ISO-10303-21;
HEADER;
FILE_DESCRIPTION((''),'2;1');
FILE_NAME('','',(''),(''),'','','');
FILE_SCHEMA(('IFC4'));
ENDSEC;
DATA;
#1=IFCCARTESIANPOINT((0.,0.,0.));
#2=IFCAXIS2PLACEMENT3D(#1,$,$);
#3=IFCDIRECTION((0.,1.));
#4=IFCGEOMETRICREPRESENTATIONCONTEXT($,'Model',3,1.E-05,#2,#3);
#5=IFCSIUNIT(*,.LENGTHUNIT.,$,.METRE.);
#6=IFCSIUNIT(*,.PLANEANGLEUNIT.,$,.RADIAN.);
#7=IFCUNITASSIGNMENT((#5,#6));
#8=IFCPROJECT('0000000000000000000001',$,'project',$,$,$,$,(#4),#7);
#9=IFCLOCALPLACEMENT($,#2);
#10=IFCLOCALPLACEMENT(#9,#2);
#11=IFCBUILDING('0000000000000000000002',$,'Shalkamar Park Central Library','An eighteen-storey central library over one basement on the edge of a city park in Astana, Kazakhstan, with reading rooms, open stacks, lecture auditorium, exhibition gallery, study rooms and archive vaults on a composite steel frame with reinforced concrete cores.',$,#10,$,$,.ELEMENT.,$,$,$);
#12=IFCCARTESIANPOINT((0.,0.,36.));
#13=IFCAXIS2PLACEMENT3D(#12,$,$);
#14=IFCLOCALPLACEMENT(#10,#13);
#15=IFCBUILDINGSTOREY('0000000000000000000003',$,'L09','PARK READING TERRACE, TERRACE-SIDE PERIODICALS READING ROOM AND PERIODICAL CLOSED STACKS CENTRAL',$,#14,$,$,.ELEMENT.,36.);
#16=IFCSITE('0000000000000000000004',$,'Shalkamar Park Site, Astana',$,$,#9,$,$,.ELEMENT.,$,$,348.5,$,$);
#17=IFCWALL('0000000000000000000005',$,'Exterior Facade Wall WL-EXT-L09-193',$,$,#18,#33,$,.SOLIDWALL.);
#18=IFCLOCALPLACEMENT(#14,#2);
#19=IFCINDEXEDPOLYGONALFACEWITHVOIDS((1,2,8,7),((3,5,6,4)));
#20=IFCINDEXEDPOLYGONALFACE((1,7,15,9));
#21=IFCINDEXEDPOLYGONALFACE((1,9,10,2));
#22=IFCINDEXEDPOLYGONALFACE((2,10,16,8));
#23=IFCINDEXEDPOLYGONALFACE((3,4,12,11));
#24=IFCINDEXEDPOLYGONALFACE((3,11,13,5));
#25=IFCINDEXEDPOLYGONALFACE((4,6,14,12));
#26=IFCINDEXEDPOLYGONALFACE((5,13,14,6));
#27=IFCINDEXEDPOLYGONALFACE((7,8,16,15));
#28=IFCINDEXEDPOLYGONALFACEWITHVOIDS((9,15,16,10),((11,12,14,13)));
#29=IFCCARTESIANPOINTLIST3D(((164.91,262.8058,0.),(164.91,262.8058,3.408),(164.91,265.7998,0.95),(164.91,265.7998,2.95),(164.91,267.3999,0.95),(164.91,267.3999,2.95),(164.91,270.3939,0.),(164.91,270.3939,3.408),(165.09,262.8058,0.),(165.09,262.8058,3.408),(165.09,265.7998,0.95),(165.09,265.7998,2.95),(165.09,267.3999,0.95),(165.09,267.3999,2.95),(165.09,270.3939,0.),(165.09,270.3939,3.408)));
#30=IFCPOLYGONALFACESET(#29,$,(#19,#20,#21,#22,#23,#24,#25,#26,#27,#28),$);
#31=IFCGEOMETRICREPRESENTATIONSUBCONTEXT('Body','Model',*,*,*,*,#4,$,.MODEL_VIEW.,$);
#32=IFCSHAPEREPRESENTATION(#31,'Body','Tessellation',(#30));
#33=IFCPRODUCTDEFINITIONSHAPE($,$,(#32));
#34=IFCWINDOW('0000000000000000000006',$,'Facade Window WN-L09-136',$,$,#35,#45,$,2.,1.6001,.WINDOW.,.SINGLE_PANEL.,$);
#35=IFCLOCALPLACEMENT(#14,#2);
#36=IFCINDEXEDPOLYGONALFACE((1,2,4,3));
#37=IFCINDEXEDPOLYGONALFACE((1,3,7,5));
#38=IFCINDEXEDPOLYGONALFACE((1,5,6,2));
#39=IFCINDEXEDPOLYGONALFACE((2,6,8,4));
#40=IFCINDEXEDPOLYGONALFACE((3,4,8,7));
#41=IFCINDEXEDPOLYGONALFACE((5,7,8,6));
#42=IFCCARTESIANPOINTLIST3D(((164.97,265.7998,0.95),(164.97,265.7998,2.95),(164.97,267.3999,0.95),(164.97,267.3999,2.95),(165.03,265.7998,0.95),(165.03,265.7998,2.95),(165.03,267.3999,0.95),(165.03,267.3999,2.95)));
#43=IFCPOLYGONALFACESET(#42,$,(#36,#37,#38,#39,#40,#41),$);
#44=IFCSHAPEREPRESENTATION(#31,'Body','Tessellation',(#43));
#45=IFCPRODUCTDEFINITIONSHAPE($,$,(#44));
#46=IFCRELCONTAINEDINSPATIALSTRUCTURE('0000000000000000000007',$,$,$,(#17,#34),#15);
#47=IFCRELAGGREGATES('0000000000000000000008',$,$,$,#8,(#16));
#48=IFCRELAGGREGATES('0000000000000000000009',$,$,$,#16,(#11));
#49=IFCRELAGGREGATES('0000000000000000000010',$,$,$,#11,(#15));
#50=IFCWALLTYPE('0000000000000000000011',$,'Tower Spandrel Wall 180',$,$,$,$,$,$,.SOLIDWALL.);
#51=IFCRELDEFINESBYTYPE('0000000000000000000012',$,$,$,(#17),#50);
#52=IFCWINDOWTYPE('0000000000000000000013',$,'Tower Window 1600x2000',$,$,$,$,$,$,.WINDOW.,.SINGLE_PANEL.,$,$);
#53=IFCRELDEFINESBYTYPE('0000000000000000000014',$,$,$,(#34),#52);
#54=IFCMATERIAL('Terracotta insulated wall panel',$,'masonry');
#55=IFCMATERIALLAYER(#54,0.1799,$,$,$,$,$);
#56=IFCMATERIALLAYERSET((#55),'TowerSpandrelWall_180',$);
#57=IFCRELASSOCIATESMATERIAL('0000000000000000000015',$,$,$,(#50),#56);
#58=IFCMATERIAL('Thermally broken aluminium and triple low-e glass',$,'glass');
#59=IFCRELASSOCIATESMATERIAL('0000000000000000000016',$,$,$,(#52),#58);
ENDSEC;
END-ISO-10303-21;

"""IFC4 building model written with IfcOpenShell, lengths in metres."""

from ifc_helpers import new_model, si_unit, direction, frame, frame_2d, origin, place, context, subcontext, project, spatial, rectangle, extrude, material, layer, layer_set, type_object, element, fill, save


model = new_model("IFC4")

# Units and contexts
model_context = context("Model", 3, precision=1e-05, world=origin(), true_north=direction((0.0, 1.0)))
body_context = subcontext(model_context, "Body", "Model", "MODEL_VIEW")
ifc_project = project(units=[si_unit("LENGTHUNIT", "METRE"), si_unit("PLANEANGLEUNIT", "RADIAN")], contexts=[model_context])

# Site, building, storey
site_placement = place(None, origin())
site = spatial("IfcSite", under=ifc_project, at=site_placement, Name="Shalkamar Park Site, Astana", CompositionType="ELEMENT", RefElevation=348.5)
building_placement = place(site_placement, origin())
building = spatial("IfcBuilding", under=site, at=building_placement, Name="Shalkamar Park Central Library", Description="An eighteen-storey central library over one basement on the edge of a city park in Astana, Kazakhstan, with reading rooms, open stacks, lecture auditorium, exhibition gallery, study rooms and archive vaults on a composite steel frame with reinforced concrete cores.", CompositionType="ELEMENT")
storey_placement = place(building_placement, frame((0.0, 0.0, 36.0)))
storey = spatial("IfcBuildingStorey", under=building, at=storey_placement, Name="L09", Description="PARK READING TERRACE, TERRACE-SIDE PERIODICALS READING ROOM AND PERIODICAL CLOSED STACKS CENTRAL", CompositionType="ELEMENT", Elevation=36.0)

# Shared definitions
ifc_material_1 = material(Name="Terracotta insulated wall panel", Category="masonry")
ifc_layer_1 = layer(ifc_material_1, 0.1799)
ifc_layer_set_1 = layer_set([ifc_layer_1], Name="TowerSpandrelWall_180")
wall_type_1 = type_object("IfcWallType", Name="Tower Spandrel Wall 180", PredefinedType="SOLIDWALL", material=ifc_layer_set_1)

# Wall, opening, window
wall_1_placement = place(storey_placement, frame((165.0, 262.8059, 0.0), z_axis=(0.0, 0.0, 1.0), x_axis=(0.0, 1.0, 0.0)))
wall_1 = element("IfcWall", 1, at=wall_1_placement, inside=storey, type_object=wall_type_1, Name="Exterior Facade Wall WL-EXT-L09-193", PredefinedType="SOLIDWALL", context=body_context, shape_type="SweptSolid", body=[
    extrude(rectangle(XDim=7.5881, YDim=0.1799, at=frame_2d((3.7939, 0.0))), origin(), (0.0, 0.0, 1.0), 3.408),
])
opening_1_placement = place(wall_1_placement, frame((2.9939, 0.0, 0.95)))
opening_1 = element("IfcOpeningElement", 2, at=opening_1_placement, cuts=wall_1, PredefinedType="OPENING", context=body_context, shape_type="SweptSolid", body=[
    extrude(rectangle(XDim=1.6001, YDim=2.0, at=frame_2d((0.8, 1.0))), frame((0.0, 0.105, 0.0), z_axis=(0.0, -1.0, 0.0), x_axis=(1.0, 0.0, 0.0)), (0.0, 0.0, 1.0), 0.2097),
])
ifc_material_2 = material(Name="Thermally broken aluminium and triple low-e glass", Category="glass")
window_type = type_object("IfcWindowType", Name="Tower Window 1600x2000", PartitioningType="SINGLE_PANEL", PredefinedType="WINDOW", material=ifc_material_2)
window_placement = place(opening_1_placement, origin())
window = element("IfcWindow", 3, at=window_placement, inside=storey, type_object=window_type, Name="Facade Window WN-L09-136", OverallHeight=2.0, OverallWidth=1.6001, PartitioningType="SINGLE_PANEL", PredefinedType="WINDOW", context=body_context, shape_type="SweptSolid", body=[
    extrude(rectangle(XDim=1.6001, YDim=2.0, at=frame_2d((0.8, 1.0))), frame((0.0, 0.03, 0.0), z_axis=(0.0, -1.0, 0.0), x_axis=(1.0, 0.0, 0.0)), (0.0, 0.0, 1.0), 0.0601),
])
fill(opening_1, window)

save(model, "model.ifc")
